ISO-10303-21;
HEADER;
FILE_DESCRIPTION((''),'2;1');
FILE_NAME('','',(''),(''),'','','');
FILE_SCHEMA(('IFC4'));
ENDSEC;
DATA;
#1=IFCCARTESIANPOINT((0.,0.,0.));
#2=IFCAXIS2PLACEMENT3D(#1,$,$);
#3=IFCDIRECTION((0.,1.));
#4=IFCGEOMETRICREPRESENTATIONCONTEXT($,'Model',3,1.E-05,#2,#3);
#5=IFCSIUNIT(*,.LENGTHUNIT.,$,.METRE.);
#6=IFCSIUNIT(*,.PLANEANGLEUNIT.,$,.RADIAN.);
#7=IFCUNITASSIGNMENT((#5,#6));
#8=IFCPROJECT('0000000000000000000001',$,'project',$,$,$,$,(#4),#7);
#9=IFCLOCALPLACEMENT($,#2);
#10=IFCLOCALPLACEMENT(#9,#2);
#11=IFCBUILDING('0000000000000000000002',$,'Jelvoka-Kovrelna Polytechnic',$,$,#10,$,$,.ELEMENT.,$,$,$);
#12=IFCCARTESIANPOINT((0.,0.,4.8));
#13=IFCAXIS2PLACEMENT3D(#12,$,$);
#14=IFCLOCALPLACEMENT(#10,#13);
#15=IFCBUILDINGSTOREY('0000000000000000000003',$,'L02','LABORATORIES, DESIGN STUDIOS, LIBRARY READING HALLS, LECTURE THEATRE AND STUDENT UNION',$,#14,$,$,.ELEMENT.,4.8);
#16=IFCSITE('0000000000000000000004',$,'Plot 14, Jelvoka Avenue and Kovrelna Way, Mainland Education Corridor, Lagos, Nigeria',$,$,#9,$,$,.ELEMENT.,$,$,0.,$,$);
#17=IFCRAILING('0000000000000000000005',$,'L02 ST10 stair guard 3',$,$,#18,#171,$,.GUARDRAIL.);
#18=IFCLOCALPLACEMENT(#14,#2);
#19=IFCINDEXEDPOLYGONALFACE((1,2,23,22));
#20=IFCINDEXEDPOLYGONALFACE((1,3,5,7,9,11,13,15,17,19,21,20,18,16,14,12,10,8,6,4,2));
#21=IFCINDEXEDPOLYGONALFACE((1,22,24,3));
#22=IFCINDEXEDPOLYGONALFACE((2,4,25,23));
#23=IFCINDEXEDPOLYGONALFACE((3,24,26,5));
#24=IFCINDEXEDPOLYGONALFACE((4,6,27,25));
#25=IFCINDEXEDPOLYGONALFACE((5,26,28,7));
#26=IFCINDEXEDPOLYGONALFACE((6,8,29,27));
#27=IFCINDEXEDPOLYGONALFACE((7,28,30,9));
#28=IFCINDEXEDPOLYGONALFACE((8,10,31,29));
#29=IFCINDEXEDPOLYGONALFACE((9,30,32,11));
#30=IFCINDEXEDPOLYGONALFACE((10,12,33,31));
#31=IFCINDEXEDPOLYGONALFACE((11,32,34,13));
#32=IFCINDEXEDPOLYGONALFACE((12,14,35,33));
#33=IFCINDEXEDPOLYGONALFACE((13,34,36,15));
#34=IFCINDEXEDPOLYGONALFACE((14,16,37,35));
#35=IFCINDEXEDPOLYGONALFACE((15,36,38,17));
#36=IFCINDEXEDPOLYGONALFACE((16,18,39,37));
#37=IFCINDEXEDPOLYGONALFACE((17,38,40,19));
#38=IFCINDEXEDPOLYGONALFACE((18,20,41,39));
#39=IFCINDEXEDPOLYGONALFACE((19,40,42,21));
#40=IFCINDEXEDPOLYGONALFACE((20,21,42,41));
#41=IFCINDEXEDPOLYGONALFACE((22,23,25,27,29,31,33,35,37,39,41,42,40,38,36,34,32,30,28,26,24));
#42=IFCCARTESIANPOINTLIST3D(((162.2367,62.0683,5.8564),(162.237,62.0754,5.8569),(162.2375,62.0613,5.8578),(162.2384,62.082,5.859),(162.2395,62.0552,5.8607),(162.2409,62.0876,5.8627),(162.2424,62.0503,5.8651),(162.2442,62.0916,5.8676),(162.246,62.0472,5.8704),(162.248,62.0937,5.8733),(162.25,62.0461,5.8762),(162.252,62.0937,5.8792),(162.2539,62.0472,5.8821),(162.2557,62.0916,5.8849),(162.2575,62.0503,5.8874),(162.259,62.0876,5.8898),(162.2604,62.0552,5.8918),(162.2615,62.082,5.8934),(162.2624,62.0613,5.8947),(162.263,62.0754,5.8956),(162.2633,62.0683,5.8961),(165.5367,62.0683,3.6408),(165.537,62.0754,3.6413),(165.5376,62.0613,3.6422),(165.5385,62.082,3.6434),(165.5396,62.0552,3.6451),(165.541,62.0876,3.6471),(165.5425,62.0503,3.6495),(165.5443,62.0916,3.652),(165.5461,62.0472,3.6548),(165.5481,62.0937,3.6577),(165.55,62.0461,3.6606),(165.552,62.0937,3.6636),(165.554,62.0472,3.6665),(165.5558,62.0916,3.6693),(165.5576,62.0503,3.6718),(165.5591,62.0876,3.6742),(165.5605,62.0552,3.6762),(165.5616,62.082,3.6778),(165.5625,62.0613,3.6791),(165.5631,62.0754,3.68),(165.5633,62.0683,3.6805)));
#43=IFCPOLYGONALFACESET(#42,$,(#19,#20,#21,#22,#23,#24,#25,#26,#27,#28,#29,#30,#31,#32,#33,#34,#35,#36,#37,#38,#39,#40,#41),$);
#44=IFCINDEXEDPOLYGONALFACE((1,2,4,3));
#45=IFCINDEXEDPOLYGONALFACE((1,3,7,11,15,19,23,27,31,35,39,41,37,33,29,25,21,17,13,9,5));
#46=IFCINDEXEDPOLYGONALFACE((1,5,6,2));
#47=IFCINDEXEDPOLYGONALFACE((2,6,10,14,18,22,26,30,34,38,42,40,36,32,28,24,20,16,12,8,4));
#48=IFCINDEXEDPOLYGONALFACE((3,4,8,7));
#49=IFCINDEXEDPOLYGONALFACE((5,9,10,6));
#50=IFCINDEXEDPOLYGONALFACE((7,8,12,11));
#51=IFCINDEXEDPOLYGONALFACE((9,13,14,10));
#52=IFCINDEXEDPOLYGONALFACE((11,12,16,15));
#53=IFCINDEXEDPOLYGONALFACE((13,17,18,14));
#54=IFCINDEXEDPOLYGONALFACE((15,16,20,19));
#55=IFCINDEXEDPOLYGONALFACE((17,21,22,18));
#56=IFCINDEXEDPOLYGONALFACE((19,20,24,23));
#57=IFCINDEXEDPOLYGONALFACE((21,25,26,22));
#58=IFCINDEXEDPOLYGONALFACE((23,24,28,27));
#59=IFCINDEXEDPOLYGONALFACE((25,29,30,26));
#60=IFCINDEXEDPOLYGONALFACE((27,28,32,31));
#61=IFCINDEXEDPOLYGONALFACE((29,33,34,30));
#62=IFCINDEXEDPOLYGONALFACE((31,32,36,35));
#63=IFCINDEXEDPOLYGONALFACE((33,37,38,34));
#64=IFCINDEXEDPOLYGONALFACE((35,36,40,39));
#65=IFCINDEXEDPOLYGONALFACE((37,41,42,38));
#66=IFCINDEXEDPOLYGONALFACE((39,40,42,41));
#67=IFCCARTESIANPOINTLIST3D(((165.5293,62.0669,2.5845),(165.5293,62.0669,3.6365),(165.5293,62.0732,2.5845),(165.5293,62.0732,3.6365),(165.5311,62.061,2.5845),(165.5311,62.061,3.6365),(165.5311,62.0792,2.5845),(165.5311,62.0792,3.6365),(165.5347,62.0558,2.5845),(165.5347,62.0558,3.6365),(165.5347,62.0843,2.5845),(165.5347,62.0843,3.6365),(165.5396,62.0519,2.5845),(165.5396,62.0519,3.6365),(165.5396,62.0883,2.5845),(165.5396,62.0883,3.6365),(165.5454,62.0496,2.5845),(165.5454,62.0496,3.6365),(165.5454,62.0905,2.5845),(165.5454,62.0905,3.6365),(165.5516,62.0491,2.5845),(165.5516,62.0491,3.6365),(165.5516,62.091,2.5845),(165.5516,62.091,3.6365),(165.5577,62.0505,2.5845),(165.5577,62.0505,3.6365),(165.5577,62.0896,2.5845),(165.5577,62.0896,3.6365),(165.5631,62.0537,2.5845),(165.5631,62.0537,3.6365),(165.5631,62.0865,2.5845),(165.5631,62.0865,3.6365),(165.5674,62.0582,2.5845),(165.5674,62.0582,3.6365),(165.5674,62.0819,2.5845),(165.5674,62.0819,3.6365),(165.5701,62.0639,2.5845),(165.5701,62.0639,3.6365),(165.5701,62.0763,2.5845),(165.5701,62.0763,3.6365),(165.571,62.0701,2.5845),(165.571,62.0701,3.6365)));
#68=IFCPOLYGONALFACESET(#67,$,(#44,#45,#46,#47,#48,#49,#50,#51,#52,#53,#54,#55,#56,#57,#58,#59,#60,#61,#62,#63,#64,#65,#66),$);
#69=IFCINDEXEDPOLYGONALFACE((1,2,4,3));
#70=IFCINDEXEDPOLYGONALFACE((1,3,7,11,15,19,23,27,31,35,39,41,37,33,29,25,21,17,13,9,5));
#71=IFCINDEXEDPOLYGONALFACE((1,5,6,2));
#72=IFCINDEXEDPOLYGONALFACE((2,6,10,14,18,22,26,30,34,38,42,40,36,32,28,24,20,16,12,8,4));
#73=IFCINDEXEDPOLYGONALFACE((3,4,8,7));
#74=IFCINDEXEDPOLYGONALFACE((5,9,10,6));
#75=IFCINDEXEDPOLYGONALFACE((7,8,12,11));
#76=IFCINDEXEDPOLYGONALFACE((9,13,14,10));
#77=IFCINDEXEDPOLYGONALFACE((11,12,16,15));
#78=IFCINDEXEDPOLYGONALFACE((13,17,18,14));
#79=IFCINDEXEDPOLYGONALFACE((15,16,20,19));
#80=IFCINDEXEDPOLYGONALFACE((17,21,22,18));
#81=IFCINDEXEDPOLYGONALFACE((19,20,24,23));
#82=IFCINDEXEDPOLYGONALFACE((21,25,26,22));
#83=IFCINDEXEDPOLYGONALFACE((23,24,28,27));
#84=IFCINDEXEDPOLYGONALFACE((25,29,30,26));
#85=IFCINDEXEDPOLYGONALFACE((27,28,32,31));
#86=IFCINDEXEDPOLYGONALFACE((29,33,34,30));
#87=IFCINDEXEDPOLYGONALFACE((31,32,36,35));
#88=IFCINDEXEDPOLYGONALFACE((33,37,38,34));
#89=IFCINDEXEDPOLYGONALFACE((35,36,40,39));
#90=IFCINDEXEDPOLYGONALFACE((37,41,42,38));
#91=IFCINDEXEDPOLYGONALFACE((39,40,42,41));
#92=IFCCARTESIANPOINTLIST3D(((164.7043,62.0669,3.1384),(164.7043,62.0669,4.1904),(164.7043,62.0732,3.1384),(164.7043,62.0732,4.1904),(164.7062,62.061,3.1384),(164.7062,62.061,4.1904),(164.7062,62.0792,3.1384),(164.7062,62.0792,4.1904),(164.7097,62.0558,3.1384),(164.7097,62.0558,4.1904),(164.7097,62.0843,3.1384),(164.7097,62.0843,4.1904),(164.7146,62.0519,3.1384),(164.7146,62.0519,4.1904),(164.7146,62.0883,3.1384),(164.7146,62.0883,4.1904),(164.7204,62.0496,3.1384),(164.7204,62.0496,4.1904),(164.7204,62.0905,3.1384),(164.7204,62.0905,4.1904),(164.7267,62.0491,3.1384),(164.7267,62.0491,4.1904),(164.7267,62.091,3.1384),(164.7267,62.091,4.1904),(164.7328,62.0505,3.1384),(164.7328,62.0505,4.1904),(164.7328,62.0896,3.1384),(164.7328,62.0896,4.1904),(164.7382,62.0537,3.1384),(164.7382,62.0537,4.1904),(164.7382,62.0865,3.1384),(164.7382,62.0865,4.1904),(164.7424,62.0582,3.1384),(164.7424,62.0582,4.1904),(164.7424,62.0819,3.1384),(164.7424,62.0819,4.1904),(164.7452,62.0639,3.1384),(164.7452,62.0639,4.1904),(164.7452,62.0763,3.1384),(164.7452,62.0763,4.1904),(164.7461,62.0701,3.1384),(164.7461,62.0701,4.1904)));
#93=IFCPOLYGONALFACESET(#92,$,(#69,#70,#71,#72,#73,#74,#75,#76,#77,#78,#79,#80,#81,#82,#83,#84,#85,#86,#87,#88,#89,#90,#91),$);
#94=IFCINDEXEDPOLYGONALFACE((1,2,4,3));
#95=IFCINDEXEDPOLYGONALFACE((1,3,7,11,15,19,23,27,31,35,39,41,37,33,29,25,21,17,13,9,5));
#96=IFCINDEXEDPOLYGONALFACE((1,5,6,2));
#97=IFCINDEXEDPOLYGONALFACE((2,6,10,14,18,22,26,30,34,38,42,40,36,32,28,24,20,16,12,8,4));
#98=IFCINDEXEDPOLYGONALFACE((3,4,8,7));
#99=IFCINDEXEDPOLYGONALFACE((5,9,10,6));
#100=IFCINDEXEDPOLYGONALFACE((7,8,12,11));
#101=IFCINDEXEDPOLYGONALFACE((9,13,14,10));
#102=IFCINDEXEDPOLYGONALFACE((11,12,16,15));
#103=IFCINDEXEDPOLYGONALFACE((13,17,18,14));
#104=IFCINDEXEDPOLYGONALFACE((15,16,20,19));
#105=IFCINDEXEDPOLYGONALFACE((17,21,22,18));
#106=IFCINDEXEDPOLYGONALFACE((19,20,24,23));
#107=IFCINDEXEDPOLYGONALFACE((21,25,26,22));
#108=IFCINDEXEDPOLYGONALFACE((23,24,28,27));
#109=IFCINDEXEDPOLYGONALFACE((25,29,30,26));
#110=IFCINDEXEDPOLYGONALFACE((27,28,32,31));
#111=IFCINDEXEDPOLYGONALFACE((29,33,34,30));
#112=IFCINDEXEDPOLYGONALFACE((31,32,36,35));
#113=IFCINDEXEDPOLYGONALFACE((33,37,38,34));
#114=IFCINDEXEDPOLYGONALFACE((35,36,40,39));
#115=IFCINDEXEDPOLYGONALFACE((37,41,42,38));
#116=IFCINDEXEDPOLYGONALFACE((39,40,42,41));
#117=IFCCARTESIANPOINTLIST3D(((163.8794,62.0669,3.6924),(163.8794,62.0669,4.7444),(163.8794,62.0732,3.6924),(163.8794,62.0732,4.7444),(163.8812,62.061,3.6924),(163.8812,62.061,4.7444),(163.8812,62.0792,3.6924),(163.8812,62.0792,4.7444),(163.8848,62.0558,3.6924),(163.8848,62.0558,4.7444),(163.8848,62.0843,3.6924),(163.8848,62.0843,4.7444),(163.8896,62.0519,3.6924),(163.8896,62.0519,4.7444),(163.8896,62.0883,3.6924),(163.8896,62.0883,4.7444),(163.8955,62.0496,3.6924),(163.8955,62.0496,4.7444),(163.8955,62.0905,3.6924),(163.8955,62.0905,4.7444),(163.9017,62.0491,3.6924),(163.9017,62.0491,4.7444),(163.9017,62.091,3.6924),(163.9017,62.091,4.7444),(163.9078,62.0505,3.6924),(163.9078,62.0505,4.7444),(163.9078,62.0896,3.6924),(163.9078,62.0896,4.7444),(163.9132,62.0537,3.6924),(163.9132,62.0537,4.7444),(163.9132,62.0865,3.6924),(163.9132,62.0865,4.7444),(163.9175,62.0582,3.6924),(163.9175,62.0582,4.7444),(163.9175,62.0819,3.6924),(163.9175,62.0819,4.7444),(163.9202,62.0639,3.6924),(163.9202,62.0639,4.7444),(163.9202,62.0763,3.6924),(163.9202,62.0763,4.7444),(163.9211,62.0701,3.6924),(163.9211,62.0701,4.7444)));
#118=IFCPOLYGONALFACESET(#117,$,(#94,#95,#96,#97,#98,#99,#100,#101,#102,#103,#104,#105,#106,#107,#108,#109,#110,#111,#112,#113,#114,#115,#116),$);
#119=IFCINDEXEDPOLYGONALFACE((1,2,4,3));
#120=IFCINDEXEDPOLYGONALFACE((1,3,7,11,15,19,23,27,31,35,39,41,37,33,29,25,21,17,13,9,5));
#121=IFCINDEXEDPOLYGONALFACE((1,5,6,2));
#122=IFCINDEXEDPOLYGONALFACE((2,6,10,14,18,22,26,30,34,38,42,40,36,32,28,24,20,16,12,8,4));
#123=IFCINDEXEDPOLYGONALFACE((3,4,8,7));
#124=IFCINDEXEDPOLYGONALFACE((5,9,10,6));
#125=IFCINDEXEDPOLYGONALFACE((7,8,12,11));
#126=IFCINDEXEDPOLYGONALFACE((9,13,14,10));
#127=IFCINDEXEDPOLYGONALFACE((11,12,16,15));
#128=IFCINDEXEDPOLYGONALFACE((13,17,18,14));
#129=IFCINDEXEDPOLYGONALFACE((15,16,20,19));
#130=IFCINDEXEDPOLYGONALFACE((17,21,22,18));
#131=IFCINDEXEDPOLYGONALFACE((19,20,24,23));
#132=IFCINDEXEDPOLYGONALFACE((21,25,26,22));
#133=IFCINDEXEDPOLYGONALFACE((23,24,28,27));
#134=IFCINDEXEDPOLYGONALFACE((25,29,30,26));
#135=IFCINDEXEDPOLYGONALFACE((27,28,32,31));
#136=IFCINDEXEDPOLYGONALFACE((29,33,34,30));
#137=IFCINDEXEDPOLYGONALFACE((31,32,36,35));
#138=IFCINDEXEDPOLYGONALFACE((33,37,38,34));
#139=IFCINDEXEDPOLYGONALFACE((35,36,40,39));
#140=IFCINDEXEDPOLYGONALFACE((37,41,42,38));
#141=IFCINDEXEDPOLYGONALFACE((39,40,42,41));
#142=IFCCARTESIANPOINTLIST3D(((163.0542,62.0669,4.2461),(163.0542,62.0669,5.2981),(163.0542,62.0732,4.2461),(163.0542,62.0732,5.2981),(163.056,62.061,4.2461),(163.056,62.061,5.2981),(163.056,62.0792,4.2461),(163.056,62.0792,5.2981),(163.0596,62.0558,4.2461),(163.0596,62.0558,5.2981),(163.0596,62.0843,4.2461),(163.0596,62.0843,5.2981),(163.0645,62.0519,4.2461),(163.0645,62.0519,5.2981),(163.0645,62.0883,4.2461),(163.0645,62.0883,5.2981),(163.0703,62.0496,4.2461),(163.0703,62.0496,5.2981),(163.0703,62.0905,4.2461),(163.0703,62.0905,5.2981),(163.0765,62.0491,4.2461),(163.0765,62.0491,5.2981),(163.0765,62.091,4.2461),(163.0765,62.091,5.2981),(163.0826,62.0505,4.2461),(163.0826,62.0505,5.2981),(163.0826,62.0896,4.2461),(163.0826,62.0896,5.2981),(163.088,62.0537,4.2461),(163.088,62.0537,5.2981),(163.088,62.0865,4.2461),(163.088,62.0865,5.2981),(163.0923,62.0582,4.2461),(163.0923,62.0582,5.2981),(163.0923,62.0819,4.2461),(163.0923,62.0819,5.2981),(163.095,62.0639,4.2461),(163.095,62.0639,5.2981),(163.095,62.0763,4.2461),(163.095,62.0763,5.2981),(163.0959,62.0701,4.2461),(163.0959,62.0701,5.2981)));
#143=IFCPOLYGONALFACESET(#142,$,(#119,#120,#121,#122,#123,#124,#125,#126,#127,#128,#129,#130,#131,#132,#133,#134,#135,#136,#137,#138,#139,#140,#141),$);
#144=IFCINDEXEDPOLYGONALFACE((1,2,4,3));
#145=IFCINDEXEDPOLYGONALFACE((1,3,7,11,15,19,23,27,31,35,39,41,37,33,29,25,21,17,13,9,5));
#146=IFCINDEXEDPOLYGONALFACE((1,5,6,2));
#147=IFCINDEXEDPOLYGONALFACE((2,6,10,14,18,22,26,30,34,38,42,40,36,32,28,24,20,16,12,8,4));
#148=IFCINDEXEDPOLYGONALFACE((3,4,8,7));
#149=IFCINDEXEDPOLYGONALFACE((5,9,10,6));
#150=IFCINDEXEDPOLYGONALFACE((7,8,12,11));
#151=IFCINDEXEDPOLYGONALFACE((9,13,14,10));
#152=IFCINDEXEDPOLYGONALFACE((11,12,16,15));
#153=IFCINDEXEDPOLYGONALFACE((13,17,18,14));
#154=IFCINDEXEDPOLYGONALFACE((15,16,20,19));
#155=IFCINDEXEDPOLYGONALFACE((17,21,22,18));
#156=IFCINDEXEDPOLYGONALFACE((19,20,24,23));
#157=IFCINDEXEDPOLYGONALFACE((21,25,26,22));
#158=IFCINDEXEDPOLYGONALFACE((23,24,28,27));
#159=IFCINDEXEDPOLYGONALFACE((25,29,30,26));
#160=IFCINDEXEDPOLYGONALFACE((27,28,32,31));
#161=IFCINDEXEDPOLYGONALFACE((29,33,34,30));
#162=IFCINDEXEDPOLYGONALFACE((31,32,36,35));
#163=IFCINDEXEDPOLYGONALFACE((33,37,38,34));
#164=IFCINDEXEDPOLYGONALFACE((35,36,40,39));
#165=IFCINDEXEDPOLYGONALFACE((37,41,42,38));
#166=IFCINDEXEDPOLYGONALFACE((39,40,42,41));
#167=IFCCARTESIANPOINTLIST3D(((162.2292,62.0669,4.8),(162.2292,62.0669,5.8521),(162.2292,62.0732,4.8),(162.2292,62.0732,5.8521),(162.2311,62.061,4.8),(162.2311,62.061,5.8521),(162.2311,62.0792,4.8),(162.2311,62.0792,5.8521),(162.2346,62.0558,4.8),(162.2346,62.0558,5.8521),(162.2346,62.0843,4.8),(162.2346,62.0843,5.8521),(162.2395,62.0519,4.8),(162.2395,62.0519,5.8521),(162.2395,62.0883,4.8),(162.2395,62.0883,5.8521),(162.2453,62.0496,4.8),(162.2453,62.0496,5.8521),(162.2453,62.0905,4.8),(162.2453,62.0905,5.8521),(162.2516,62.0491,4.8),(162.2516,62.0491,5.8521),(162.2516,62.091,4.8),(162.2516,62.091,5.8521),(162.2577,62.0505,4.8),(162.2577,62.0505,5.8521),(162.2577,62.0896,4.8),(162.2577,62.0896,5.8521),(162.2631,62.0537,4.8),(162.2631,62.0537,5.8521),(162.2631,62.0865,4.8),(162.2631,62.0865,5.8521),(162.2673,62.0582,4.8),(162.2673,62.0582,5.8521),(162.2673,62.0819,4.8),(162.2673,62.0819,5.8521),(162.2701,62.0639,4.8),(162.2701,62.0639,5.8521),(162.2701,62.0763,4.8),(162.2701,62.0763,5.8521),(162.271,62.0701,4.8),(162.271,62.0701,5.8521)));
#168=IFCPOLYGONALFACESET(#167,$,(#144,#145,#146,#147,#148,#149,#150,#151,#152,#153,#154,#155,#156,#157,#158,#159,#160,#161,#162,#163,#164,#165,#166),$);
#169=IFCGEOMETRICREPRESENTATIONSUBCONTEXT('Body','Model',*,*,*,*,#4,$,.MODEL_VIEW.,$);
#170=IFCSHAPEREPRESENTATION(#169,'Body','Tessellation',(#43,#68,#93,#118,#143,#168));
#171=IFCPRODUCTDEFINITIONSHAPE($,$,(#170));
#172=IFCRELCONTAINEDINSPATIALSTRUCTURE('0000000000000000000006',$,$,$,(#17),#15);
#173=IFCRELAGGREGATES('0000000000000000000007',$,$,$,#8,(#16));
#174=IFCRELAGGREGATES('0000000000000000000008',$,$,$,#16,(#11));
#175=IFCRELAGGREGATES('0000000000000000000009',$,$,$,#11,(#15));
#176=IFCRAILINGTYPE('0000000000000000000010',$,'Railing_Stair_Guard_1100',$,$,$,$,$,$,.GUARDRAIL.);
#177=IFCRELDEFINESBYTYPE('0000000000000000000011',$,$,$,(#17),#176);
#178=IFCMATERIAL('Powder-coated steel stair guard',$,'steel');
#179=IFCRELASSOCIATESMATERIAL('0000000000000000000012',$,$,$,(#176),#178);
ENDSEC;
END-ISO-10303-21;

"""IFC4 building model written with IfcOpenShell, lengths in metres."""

from ifc_helpers import new_model, si_unit, direction, frame, origin, origin_2d, place, context, subcontext, project, spatial, circle, extrude, material, type_object, element, save


model = new_model("IFC4")

# Units and contexts
model_context = context("Model", 3, precision=1e-05, world=origin(), true_north=direction((0.0, 1.0)))
body_context = subcontext(model_context, "Body", "Model", "MODEL_VIEW")
ifc_project = project(units=[si_unit("LENGTHUNIT", "METRE"), si_unit("PLANEANGLEUNIT", "RADIAN")], contexts=[model_context])

# Site, building, storey
site_placement = place(None, origin())
site = spatial("IfcSite", under=ifc_project, at=site_placement, Name="Plot 14, Jelvoka Avenue and Kovrelna Way, Mainland Education Corridor, Lagos, Nigeria", CompositionType="ELEMENT", RefElevation=0.0)
building_placement = place(site_placement, origin())
building = spatial("IfcBuilding", under=site, at=building_placement, Name="Jelvoka-Kovrelna Polytechnic", CompositionType="ELEMENT")
storey_placement = place(building_placement, frame((0.0, 0.0, 4.8)))
storey = spatial("IfcBuildingStorey", under=building, at=storey_placement, Name="L02", Description="LABORATORIES, DESIGN STUDIOS, LIBRARY READING HALLS, LECTURE THEATRE AND STUDENT UNION", CompositionType="ELEMENT", Elevation=4.8)

# Railing
ifc_material_1 = material(Name="Powder-coated steel stair guard", Category="steel")
railing_type_1 = type_object("IfcRailingType", Name="Railing_Stair_Guard_1100", PredefinedType="GUARDRAIL", material=ifc_material_1)
railing_1_placement = place(storey_placement, frame((165.55, 62.0701, 2.5845)))
element("IfcRailing", 1, at=railing_1_placement, inside=storey, type_object=railing_type_1, Name="L02 ST10 stair guard 3", PredefinedType="GUARDRAIL", context=body_context, shape_type="SweptSolid", body=[
    extrude(circle(Radius=0.0239, at=origin_2d()), frame((0.0, 0.0, 1.0762), z_axis=(-0.830241, 0.0, 0.557405), x_axis=(0.0, -1.0, 0.0)), (0.0, 0.0, 1.0), 3.9749),
    extrude(circle(Radius=0.021, at=origin_2d()), origin(), (0.0, 0.0, 1.0), 1.052),
    extrude(circle(Radius=0.021, at=origin_2d()), frame((-0.825, 0.0, 0.554)), (0.0, 0.0, 1.0), 1.052),
    extrude(circle(Radius=0.021, at=origin_2d()), frame((-1.6499, 0.0, 1.1079)), (0.0, 0.0, 1.0), 1.052),
    extrude(circle(Radius=0.021, at=origin_2d()), frame((-2.4751, 0.0, 1.6616)), (0.0, 0.0, 1.0), 1.052),
    extrude(circle(Radius=0.021, at=origin_2d()), frame((-3.3, 0.0, 2.2156)), (0.0, 0.0, 1.0), 1.052),
])

save(model, "model.ifc")
